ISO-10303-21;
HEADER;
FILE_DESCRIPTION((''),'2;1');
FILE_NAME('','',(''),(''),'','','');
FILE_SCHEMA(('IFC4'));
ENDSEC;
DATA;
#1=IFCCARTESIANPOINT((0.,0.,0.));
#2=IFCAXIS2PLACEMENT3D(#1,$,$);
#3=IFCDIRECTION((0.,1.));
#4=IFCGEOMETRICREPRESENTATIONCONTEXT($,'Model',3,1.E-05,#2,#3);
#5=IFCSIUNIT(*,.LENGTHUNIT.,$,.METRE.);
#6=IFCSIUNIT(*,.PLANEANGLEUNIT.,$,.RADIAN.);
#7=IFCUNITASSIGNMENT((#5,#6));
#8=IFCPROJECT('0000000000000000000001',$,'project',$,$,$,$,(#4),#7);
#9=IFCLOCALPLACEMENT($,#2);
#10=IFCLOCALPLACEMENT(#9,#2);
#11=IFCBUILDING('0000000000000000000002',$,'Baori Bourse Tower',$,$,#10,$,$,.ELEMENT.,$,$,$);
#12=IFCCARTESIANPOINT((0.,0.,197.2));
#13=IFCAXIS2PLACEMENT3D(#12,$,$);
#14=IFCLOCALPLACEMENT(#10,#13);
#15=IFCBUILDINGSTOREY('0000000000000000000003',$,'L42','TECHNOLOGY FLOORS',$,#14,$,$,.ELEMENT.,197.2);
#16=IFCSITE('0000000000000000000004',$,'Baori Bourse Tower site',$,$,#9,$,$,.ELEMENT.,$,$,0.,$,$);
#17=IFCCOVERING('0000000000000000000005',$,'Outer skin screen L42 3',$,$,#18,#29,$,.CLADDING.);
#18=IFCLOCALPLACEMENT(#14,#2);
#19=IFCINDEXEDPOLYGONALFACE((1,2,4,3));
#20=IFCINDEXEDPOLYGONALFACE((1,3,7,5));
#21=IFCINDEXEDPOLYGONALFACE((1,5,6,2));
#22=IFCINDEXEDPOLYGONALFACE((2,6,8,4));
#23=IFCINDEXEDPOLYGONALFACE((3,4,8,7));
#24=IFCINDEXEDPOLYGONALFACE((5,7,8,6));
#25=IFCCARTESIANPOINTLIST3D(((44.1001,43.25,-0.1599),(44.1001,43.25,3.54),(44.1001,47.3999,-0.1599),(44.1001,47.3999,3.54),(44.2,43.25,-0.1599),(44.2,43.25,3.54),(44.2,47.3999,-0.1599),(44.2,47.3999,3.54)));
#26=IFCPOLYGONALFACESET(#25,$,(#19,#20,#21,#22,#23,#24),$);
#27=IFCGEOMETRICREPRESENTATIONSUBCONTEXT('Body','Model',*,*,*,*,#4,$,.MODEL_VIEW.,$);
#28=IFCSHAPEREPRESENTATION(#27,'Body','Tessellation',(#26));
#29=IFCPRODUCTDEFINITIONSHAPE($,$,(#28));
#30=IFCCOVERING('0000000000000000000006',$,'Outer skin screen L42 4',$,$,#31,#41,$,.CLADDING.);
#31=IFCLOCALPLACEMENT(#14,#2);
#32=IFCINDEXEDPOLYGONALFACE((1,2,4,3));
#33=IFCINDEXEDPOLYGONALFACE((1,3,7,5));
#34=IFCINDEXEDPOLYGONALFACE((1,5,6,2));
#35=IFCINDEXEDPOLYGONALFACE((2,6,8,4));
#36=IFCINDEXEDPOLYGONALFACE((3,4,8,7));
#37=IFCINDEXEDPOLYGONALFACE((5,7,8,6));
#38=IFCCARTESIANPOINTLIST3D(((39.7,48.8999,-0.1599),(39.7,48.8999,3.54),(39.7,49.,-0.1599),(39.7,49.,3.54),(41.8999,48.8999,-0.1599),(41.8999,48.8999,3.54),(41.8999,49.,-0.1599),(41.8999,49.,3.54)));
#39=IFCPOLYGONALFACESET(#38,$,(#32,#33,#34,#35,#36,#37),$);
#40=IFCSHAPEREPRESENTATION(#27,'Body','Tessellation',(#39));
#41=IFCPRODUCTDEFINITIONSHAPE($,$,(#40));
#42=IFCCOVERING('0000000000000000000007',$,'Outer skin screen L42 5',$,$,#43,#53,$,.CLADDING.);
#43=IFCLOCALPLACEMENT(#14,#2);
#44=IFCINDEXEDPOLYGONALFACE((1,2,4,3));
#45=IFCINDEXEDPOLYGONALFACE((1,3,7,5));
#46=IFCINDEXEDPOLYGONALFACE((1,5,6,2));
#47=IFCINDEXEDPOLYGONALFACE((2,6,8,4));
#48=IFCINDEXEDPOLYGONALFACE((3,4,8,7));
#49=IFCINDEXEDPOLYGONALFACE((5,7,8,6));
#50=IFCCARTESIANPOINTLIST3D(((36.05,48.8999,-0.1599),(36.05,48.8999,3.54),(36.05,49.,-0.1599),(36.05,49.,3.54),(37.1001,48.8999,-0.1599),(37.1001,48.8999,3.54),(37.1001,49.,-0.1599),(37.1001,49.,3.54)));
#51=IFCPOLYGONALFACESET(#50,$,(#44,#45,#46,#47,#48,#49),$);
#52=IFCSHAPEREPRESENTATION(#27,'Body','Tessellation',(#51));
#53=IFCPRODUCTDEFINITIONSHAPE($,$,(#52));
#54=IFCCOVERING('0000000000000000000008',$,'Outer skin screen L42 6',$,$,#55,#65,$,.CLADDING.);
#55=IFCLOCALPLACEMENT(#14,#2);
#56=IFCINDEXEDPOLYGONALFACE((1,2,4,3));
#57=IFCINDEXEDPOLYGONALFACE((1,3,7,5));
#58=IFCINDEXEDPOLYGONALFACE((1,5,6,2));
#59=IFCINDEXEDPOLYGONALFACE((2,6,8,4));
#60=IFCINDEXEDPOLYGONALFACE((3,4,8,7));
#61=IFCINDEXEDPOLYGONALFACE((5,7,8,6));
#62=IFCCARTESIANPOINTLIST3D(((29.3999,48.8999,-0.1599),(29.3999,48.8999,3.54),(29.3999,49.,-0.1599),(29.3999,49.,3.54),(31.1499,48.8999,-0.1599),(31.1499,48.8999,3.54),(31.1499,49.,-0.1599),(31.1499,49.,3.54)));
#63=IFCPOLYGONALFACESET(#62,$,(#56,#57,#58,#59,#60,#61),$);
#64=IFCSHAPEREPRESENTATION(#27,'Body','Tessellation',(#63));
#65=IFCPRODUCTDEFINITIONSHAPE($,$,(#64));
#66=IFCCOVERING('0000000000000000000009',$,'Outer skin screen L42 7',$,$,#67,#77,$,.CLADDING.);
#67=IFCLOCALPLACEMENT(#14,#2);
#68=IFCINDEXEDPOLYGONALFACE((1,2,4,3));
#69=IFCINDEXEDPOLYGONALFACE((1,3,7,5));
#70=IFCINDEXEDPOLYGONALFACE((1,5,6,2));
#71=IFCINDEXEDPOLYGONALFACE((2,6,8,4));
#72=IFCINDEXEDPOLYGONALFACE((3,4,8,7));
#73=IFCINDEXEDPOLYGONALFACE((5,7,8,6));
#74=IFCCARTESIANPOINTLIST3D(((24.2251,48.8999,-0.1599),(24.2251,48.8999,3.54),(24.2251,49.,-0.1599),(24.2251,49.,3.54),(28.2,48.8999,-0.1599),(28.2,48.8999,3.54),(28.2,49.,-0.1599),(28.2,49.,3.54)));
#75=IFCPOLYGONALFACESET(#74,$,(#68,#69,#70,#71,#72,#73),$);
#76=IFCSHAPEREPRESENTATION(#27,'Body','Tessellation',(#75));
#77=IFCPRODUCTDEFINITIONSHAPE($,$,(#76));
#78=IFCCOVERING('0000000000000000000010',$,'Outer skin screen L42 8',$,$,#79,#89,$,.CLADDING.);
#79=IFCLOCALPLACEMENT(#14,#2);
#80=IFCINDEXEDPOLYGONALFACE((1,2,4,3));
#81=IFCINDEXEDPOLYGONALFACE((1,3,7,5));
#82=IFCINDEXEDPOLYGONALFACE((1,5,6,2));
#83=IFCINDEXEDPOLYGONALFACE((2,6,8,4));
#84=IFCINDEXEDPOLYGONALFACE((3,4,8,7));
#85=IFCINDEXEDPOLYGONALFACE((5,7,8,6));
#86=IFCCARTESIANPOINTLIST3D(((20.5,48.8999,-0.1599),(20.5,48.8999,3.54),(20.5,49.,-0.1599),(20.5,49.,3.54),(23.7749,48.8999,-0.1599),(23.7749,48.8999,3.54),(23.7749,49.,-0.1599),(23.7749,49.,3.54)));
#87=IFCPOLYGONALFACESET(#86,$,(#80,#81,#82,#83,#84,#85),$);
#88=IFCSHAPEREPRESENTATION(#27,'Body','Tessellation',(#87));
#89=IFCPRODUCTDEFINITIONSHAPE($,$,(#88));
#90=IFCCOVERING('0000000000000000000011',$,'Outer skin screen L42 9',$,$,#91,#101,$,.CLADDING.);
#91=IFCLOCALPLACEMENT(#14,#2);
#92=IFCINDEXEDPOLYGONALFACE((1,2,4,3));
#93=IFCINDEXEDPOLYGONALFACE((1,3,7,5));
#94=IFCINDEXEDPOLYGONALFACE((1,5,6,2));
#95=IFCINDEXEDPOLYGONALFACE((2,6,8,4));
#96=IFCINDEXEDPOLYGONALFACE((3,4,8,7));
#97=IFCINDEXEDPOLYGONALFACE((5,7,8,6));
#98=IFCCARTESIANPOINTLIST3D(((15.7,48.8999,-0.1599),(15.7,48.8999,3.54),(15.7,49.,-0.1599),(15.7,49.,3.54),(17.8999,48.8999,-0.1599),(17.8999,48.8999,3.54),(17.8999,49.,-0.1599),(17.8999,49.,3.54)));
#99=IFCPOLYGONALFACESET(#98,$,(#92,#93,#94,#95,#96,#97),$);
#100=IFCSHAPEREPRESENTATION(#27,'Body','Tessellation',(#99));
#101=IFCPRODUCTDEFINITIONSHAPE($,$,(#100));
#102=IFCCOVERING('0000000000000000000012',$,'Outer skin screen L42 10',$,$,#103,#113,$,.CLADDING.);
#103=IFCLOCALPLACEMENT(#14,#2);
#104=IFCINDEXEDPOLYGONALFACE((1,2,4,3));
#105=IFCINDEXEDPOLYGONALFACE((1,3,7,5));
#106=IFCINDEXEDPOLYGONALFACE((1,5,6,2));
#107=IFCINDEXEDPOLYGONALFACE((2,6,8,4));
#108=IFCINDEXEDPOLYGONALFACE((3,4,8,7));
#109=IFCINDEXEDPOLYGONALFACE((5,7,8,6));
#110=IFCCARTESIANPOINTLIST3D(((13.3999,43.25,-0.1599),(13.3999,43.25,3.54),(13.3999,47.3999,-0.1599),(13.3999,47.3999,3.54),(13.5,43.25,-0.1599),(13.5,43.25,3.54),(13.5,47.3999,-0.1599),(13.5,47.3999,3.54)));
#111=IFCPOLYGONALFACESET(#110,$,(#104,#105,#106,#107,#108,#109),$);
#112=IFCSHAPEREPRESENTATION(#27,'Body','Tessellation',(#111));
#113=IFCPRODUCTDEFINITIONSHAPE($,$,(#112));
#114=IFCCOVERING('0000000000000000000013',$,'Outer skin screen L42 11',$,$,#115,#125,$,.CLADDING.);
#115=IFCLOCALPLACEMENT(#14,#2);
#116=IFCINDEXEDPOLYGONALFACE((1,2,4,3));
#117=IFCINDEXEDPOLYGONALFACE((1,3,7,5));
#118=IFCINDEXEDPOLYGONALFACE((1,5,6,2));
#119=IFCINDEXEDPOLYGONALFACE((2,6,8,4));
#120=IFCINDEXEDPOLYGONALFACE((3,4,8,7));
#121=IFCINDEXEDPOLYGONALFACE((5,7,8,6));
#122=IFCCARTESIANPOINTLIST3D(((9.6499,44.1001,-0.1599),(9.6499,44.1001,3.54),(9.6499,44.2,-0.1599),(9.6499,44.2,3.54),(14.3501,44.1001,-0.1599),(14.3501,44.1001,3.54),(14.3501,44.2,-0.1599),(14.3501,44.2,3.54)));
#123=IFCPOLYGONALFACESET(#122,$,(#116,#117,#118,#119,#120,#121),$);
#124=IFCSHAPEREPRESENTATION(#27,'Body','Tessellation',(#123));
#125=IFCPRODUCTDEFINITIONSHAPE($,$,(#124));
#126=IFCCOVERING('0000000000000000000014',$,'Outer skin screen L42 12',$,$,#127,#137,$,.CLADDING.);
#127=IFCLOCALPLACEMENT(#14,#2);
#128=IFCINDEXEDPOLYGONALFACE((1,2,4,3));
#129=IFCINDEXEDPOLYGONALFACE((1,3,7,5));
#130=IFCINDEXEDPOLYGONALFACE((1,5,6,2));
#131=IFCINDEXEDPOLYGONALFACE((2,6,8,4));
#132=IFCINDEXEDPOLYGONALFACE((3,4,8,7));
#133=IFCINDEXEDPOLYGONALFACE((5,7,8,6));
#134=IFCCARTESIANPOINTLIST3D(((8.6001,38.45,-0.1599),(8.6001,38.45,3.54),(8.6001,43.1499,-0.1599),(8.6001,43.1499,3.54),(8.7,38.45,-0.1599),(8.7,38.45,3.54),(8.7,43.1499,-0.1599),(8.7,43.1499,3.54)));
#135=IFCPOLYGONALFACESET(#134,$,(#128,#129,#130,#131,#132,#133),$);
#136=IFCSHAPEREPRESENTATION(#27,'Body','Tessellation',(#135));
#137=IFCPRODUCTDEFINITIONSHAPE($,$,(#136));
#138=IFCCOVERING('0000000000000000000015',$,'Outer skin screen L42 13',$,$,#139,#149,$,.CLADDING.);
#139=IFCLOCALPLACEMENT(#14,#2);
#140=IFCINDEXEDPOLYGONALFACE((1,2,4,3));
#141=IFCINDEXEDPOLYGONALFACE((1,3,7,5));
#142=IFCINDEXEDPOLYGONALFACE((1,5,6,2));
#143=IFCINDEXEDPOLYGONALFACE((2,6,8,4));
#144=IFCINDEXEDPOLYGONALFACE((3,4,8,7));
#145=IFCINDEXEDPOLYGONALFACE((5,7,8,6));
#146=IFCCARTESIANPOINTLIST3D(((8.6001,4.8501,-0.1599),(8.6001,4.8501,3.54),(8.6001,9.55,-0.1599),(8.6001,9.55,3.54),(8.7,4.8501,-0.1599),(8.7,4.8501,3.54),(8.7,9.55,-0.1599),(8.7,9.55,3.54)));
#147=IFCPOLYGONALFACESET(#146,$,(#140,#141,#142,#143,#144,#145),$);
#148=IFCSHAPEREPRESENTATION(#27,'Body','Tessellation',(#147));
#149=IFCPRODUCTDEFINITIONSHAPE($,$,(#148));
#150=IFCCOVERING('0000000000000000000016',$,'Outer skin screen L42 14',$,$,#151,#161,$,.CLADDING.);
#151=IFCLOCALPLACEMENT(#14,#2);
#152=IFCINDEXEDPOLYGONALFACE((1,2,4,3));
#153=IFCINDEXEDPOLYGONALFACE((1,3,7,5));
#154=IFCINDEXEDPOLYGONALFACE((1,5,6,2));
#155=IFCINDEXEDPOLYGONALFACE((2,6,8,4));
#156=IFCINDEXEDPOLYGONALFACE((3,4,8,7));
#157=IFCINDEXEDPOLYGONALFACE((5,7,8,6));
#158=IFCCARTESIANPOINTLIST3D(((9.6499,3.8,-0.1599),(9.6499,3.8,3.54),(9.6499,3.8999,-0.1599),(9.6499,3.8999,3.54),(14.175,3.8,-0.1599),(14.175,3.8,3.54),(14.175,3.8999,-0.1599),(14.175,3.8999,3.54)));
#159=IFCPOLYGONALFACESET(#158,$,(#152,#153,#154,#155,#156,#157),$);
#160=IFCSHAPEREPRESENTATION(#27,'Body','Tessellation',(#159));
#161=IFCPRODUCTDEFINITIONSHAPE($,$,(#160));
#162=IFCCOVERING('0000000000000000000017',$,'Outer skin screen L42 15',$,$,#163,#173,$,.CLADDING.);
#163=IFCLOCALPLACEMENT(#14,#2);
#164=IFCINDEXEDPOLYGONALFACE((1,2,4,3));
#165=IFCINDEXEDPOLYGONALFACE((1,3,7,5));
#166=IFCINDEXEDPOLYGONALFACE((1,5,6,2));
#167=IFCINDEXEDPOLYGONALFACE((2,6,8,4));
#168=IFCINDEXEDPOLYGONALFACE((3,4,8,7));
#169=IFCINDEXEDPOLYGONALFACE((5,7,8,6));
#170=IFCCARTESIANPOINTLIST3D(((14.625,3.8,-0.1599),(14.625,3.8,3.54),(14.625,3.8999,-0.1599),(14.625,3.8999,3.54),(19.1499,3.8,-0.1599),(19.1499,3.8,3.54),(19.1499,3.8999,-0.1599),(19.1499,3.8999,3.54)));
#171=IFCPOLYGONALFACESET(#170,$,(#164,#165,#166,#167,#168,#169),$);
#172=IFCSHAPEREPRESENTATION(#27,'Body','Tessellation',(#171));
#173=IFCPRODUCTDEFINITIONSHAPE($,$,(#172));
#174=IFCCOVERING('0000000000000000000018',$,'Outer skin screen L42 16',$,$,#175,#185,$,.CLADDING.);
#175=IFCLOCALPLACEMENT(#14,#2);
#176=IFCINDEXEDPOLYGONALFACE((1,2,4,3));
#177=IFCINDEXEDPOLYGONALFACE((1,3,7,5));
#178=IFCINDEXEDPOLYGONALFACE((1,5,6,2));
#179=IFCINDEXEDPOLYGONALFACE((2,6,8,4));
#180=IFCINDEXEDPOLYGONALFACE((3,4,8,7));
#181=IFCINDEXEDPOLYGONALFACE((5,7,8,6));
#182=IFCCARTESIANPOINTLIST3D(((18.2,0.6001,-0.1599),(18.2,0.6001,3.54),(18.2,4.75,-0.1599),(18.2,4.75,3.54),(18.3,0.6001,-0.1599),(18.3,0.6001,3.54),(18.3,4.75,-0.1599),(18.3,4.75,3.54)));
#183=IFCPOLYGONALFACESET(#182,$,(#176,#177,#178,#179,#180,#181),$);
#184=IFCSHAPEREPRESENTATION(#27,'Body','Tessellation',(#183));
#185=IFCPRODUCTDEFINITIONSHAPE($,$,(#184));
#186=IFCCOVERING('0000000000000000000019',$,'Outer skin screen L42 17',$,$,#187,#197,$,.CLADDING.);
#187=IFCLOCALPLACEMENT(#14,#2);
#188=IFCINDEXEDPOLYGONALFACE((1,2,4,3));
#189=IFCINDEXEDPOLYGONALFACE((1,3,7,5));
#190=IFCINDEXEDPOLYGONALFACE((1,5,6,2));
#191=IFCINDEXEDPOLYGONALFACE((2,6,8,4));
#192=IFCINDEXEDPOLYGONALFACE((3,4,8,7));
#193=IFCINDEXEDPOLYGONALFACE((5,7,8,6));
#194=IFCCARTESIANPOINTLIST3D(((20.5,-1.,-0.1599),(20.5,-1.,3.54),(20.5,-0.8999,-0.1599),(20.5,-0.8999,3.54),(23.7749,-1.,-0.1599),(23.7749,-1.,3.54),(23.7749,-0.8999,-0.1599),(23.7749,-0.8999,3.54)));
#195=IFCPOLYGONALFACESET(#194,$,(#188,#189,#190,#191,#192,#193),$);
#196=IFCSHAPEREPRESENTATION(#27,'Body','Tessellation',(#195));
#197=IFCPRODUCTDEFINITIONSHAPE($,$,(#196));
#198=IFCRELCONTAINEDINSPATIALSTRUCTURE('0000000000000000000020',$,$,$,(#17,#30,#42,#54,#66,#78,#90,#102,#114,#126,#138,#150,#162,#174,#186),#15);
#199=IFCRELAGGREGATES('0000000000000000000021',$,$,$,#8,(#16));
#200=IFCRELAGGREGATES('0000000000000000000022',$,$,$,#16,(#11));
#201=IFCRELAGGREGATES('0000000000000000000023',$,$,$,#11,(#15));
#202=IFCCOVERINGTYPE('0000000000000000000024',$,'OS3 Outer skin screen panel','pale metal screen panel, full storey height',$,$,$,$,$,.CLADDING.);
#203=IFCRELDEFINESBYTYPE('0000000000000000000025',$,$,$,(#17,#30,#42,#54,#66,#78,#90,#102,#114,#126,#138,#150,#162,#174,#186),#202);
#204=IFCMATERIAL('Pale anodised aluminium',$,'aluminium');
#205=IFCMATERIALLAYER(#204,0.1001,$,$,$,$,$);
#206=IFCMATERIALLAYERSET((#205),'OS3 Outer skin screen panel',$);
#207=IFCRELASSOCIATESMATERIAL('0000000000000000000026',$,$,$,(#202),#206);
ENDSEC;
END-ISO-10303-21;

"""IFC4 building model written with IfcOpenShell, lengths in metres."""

from ifc_helpers import new_model, si_unit, direction, frame, origin, place, context, subcontext, project, spatial, polyline, outline, extrude, material, layer, layer_set, type_object, element, save


model = new_model("IFC4")

# Units and contexts
model_context = context("Model", 3, precision=1e-05, world=origin(), true_north=direction((0.0, 1.0)))
body_context = subcontext(model_context, "Body", "Model", "MODEL_VIEW")
ifc_project = project(units=[si_unit("LENGTHUNIT", "METRE"), si_unit("PLANEANGLEUNIT", "RADIAN")], contexts=[model_context])

# Site, building, storey
site_placement = place(None, origin())
site = spatial("IfcSite", under=ifc_project, at=site_placement, Name="Baori Bourse Tower site", CompositionType="ELEMENT", RefElevation=0.0)
building_placement = place(site_placement, origin())
building = spatial("IfcBuilding", under=site, at=building_placement, Name="Baori Bourse Tower", CompositionType="ELEMENT")
storey_placement = place(building_placement, frame((0.0, 0.0, 197.2)))
storey = spatial("IfcBuildingStorey", under=building, at=storey_placement, Name="L42", Description="TECHNOLOGY FLOORS", CompositionType="ELEMENT", Elevation=197.2)

# Coverings
ifc_material_1 = material(Name="Pale anodised aluminium", Category="aluminium")
ifc_layer_1 = layer(ifc_material_1, 0.1001)
ifc_layer_set_1 = layer_set([ifc_layer_1], Name="OS3 Outer skin screen panel")
covering_type = type_object("IfcCoveringType", Name="OS3 Outer skin screen panel", Description="pale metal screen panel, full storey height", PredefinedType="CLADDING", material=ifc_layer_set_1)
covering_1_placement = place(storey_placement, frame((0.0, 0.0, -0.1599)))
element("IfcCovering", 1, at=covering_1_placement, inside=storey, type_object=covering_type, Name="Outer skin screen L42 3", PredefinedType="CLADDING", context=body_context, shape_type="SweptSolid", body=[
    extrude(outline(polyline([(44.1001, 47.3999), (44.1001, 43.25), (44.2, 43.25), (44.2, 47.3999), (44.1001, 47.3999)])), origin(), (0.0, 0.0, 1.0), 3.7),
])
covering_2_placement = place(storey_placement, frame((0.0, 0.0, -0.1599)))
element("IfcCovering", 2, at=covering_2_placement, inside=storey, type_object=covering_type, Name="Outer skin screen L42 4", PredefinedType="CLADDING", context=body_context, shape_type="SweptSolid", body=[
    extrude(outline(polyline([(39.7, 48.8999), (41.8999, 48.8999), (41.8999, 49.0), (39.7, 49.0), (39.7, 48.8999)])), origin(), (0.0, 0.0, 1.0), 3.7),
])
covering_3_placement = place(storey_placement, frame((0.0, 0.0, -0.1599)))
element("IfcCovering", 3, at=covering_3_placement, inside=storey, type_object=covering_type, Name="Outer skin screen L42 5", PredefinedType="CLADDING", context=body_context, shape_type="SweptSolid", body=[
    extrude(outline(polyline([(36.05, 48.8999), (37.1001, 48.8999), (37.1001, 49.0), (36.05, 49.0), (36.05, 48.8999)])), origin(), (0.0, 0.0, 1.0), 3.7),
])
covering_4_placement = place(storey_placement, frame((0.0, 0.0, -0.1599)))
element("IfcCovering", 4, at=covering_4_placement, inside=storey, type_object=covering_type, Name="Outer skin screen L42 6", PredefinedType="CLADDING", context=body_context, shape_type="SweptSolid", body=[
    extrude(outline(polyline([(29.3999, 48.8999), (31.1499, 48.8999), (31.1499, 49.0), (29.3999, 49.0), (29.3999, 48.8999)])), origin(), (0.0, 0.0, 1.0), 3.7),
])
covering_5_placement = place(storey_placement, frame((0.0, 0.0, -0.1599)))
element("IfcCovering", 5, at=covering_5_placement, inside=storey, type_object=covering_type, Name="Outer skin screen L42 7", PredefinedType="CLADDING", context=body_context, shape_type="SweptSolid", body=[
    extrude(outline(polyline([(24.2251, 48.8999), (28.2, 48.8999), (28.2, 49.0), (24.2251, 49.0), (24.2251, 48.8999)])), origin(), (0.0, 0.0, 1.0), 3.7),
])
covering_6_placement = place(storey_placement, frame((0.0, 0.0, -0.1599)))
element("IfcCovering", 6, at=covering_6_placement, inside=storey, type_object=covering_type, Name="Outer skin screen L42 8", PredefinedType="CLADDING", context=body_context, shape_type="SweptSolid", body=[
    extrude(outline(polyline([(20.5, 48.8999), (23.7749, 48.8999), (23.7749, 49.0), (20.5, 49.0), (20.5, 48.8999)])), origin(), (0.0, 0.0, 1.0), 3.7),
])
covering_7_placement = place(storey_placement, frame((0.0, 0.0, -0.1599)))
element("IfcCovering", 7, at=covering_7_placement, inside=storey, type_object=covering_type, Name="Outer skin screen L42 9", PredefinedType="CLADDING", context=body_context, shape_type="SweptSolid", body=[
    extrude(outline(polyline([(15.7, 48.8999), (17.8999, 48.8999), (17.8999, 49.0), (15.7, 49.0), (15.7, 48.8999)])), origin(), (0.0, 0.0, 1.0), 3.7),
])
covering_8_placement = place(storey_placement, frame((0.0, 0.0, -0.1599)))
element("IfcCovering", 8, at=covering_8_placement, inside=storey, type_object=covering_type, Name="Outer skin screen L42 10", PredefinedType="CLADDING", context=body_context, shape_type="SweptSolid", body=[
    extrude(outline(polyline([(13.5, 43.25), (13.5, 47.3999), (13.3999, 47.3999), (13.3999, 43.25), (13.5, 43.25)])), origin(), (0.0, 0.0, 1.0), 3.7),
])
covering_9_placement = place(storey_placement, frame((0.0, 0.0, -0.1599)))
element("IfcCovering", 9, at=covering_9_placement, inside=storey, type_object=covering_type, Name="Outer skin screen L42 11", PredefinedType="CLADDING", context=body_context, shape_type="SweptSolid", body=[
    extrude(outline(polyline([(9.6499, 44.1001), (14.3501, 44.1001), (14.3501, 44.2), (9.6499, 44.2), (9.6499, 44.1001)])), origin(), (0.0, 0.0, 1.0), 3.7),
])
covering_10_placement = place(storey_placement, frame((0.0, 0.0, -0.1599)))
element("IfcCovering", 10, at=covering_10_placement, inside=storey, type_object=covering_type, Name="Outer skin screen L42 12", PredefinedType="CLADDING", context=body_context, shape_type="SweptSolid", body=[
    extrude(outline(polyline([(8.7, 38.45), (8.7, 43.1499), (8.6001, 43.1499), (8.6001, 38.45), (8.7, 38.45)])), origin(), (0.0, 0.0, 1.0), 3.7),
])
covering_11_placement = place(storey_placement, frame((0.0, 0.0, -0.1599)))
element("IfcCovering", 11, at=covering_11_placement, inside=storey, type_object=covering_type, Name="Outer skin screen L42 13", PredefinedType="CLADDING", context=body_context, shape_type="SweptSolid", body=[
    extrude(outline(polyline([(8.7, 4.8501), (8.7, 9.55), (8.6001, 9.55), (8.6001, 4.8501), (8.7, 4.8501)])), origin(), (0.0, 0.0, 1.0), 3.7),
])
covering_12_placement = place(storey_placement, frame((0.0, 0.0, -0.1599)))
element("IfcCovering", 12, at=covering_12_placement, inside=storey, type_object=covering_type, Name="Outer skin screen L42 14", PredefinedType="CLADDING", context=body_context, shape_type="SweptSolid", body=[
    extrude(outline(polyline([(14.175, 3.8999), (9.6499, 3.8999), (9.6499, 3.8), (14.175, 3.8), (14.175, 3.8999)])), origin(), (0.0, 0.0, 1.0), 3.7),
])
covering_13_placement = place(storey_placement, frame((0.0, 0.0, -0.1599)))
element("IfcCovering", 13, at=covering_13_placement, inside=storey, type_object=covering_type, Name="Outer skin screen L42 15", PredefinedType="CLADDING", context=body_context, shape_type="SweptSolid", body=[
    extrude(outline(polyline([(19.1499, 3.8999), (14.625, 3.8999), (14.625, 3.8), (19.1499, 3.8), (19.1499, 3.8999)])), origin(), (0.0, 0.0, 1.0), 3.7),
])
covering_14_placement = place(storey_placement, frame((0.0, 0.0, -0.1599)))
element("IfcCovering", 14, at=covering_14_placement, inside=storey, type_object=covering_type, Name="Outer skin screen L42 16", PredefinedType="CLADDING", context=body_context, shape_type="SweptSolid", body=[
    extrude(outline(polyline([(18.3, 0.6001), (18.3, 4.75), (18.2, 4.75), (18.2, 0.6001), (18.3, 0.6001)])), origin(), (0.0, 0.0, 1.0), 3.7),
])
covering_15_placement = place(storey_placement, frame((0.0, 0.0, -0.1599)))
element("IfcCovering", 15, at=covering_15_placement, inside=storey, type_object=covering_type, Name="Outer skin screen L42 17", PredefinedType="CLADDING", context=body_context, shape_type="SweptSolid", body=[
    extrude(outline(polyline([(23.7749, -0.8999), (20.5, -0.8999), (20.5, -1.0), (23.7749, -1.0), (23.7749, -0.8999)])), origin(), (0.0, 0.0, 1.0), 3.7),
])

save(model, "model.ifc")
